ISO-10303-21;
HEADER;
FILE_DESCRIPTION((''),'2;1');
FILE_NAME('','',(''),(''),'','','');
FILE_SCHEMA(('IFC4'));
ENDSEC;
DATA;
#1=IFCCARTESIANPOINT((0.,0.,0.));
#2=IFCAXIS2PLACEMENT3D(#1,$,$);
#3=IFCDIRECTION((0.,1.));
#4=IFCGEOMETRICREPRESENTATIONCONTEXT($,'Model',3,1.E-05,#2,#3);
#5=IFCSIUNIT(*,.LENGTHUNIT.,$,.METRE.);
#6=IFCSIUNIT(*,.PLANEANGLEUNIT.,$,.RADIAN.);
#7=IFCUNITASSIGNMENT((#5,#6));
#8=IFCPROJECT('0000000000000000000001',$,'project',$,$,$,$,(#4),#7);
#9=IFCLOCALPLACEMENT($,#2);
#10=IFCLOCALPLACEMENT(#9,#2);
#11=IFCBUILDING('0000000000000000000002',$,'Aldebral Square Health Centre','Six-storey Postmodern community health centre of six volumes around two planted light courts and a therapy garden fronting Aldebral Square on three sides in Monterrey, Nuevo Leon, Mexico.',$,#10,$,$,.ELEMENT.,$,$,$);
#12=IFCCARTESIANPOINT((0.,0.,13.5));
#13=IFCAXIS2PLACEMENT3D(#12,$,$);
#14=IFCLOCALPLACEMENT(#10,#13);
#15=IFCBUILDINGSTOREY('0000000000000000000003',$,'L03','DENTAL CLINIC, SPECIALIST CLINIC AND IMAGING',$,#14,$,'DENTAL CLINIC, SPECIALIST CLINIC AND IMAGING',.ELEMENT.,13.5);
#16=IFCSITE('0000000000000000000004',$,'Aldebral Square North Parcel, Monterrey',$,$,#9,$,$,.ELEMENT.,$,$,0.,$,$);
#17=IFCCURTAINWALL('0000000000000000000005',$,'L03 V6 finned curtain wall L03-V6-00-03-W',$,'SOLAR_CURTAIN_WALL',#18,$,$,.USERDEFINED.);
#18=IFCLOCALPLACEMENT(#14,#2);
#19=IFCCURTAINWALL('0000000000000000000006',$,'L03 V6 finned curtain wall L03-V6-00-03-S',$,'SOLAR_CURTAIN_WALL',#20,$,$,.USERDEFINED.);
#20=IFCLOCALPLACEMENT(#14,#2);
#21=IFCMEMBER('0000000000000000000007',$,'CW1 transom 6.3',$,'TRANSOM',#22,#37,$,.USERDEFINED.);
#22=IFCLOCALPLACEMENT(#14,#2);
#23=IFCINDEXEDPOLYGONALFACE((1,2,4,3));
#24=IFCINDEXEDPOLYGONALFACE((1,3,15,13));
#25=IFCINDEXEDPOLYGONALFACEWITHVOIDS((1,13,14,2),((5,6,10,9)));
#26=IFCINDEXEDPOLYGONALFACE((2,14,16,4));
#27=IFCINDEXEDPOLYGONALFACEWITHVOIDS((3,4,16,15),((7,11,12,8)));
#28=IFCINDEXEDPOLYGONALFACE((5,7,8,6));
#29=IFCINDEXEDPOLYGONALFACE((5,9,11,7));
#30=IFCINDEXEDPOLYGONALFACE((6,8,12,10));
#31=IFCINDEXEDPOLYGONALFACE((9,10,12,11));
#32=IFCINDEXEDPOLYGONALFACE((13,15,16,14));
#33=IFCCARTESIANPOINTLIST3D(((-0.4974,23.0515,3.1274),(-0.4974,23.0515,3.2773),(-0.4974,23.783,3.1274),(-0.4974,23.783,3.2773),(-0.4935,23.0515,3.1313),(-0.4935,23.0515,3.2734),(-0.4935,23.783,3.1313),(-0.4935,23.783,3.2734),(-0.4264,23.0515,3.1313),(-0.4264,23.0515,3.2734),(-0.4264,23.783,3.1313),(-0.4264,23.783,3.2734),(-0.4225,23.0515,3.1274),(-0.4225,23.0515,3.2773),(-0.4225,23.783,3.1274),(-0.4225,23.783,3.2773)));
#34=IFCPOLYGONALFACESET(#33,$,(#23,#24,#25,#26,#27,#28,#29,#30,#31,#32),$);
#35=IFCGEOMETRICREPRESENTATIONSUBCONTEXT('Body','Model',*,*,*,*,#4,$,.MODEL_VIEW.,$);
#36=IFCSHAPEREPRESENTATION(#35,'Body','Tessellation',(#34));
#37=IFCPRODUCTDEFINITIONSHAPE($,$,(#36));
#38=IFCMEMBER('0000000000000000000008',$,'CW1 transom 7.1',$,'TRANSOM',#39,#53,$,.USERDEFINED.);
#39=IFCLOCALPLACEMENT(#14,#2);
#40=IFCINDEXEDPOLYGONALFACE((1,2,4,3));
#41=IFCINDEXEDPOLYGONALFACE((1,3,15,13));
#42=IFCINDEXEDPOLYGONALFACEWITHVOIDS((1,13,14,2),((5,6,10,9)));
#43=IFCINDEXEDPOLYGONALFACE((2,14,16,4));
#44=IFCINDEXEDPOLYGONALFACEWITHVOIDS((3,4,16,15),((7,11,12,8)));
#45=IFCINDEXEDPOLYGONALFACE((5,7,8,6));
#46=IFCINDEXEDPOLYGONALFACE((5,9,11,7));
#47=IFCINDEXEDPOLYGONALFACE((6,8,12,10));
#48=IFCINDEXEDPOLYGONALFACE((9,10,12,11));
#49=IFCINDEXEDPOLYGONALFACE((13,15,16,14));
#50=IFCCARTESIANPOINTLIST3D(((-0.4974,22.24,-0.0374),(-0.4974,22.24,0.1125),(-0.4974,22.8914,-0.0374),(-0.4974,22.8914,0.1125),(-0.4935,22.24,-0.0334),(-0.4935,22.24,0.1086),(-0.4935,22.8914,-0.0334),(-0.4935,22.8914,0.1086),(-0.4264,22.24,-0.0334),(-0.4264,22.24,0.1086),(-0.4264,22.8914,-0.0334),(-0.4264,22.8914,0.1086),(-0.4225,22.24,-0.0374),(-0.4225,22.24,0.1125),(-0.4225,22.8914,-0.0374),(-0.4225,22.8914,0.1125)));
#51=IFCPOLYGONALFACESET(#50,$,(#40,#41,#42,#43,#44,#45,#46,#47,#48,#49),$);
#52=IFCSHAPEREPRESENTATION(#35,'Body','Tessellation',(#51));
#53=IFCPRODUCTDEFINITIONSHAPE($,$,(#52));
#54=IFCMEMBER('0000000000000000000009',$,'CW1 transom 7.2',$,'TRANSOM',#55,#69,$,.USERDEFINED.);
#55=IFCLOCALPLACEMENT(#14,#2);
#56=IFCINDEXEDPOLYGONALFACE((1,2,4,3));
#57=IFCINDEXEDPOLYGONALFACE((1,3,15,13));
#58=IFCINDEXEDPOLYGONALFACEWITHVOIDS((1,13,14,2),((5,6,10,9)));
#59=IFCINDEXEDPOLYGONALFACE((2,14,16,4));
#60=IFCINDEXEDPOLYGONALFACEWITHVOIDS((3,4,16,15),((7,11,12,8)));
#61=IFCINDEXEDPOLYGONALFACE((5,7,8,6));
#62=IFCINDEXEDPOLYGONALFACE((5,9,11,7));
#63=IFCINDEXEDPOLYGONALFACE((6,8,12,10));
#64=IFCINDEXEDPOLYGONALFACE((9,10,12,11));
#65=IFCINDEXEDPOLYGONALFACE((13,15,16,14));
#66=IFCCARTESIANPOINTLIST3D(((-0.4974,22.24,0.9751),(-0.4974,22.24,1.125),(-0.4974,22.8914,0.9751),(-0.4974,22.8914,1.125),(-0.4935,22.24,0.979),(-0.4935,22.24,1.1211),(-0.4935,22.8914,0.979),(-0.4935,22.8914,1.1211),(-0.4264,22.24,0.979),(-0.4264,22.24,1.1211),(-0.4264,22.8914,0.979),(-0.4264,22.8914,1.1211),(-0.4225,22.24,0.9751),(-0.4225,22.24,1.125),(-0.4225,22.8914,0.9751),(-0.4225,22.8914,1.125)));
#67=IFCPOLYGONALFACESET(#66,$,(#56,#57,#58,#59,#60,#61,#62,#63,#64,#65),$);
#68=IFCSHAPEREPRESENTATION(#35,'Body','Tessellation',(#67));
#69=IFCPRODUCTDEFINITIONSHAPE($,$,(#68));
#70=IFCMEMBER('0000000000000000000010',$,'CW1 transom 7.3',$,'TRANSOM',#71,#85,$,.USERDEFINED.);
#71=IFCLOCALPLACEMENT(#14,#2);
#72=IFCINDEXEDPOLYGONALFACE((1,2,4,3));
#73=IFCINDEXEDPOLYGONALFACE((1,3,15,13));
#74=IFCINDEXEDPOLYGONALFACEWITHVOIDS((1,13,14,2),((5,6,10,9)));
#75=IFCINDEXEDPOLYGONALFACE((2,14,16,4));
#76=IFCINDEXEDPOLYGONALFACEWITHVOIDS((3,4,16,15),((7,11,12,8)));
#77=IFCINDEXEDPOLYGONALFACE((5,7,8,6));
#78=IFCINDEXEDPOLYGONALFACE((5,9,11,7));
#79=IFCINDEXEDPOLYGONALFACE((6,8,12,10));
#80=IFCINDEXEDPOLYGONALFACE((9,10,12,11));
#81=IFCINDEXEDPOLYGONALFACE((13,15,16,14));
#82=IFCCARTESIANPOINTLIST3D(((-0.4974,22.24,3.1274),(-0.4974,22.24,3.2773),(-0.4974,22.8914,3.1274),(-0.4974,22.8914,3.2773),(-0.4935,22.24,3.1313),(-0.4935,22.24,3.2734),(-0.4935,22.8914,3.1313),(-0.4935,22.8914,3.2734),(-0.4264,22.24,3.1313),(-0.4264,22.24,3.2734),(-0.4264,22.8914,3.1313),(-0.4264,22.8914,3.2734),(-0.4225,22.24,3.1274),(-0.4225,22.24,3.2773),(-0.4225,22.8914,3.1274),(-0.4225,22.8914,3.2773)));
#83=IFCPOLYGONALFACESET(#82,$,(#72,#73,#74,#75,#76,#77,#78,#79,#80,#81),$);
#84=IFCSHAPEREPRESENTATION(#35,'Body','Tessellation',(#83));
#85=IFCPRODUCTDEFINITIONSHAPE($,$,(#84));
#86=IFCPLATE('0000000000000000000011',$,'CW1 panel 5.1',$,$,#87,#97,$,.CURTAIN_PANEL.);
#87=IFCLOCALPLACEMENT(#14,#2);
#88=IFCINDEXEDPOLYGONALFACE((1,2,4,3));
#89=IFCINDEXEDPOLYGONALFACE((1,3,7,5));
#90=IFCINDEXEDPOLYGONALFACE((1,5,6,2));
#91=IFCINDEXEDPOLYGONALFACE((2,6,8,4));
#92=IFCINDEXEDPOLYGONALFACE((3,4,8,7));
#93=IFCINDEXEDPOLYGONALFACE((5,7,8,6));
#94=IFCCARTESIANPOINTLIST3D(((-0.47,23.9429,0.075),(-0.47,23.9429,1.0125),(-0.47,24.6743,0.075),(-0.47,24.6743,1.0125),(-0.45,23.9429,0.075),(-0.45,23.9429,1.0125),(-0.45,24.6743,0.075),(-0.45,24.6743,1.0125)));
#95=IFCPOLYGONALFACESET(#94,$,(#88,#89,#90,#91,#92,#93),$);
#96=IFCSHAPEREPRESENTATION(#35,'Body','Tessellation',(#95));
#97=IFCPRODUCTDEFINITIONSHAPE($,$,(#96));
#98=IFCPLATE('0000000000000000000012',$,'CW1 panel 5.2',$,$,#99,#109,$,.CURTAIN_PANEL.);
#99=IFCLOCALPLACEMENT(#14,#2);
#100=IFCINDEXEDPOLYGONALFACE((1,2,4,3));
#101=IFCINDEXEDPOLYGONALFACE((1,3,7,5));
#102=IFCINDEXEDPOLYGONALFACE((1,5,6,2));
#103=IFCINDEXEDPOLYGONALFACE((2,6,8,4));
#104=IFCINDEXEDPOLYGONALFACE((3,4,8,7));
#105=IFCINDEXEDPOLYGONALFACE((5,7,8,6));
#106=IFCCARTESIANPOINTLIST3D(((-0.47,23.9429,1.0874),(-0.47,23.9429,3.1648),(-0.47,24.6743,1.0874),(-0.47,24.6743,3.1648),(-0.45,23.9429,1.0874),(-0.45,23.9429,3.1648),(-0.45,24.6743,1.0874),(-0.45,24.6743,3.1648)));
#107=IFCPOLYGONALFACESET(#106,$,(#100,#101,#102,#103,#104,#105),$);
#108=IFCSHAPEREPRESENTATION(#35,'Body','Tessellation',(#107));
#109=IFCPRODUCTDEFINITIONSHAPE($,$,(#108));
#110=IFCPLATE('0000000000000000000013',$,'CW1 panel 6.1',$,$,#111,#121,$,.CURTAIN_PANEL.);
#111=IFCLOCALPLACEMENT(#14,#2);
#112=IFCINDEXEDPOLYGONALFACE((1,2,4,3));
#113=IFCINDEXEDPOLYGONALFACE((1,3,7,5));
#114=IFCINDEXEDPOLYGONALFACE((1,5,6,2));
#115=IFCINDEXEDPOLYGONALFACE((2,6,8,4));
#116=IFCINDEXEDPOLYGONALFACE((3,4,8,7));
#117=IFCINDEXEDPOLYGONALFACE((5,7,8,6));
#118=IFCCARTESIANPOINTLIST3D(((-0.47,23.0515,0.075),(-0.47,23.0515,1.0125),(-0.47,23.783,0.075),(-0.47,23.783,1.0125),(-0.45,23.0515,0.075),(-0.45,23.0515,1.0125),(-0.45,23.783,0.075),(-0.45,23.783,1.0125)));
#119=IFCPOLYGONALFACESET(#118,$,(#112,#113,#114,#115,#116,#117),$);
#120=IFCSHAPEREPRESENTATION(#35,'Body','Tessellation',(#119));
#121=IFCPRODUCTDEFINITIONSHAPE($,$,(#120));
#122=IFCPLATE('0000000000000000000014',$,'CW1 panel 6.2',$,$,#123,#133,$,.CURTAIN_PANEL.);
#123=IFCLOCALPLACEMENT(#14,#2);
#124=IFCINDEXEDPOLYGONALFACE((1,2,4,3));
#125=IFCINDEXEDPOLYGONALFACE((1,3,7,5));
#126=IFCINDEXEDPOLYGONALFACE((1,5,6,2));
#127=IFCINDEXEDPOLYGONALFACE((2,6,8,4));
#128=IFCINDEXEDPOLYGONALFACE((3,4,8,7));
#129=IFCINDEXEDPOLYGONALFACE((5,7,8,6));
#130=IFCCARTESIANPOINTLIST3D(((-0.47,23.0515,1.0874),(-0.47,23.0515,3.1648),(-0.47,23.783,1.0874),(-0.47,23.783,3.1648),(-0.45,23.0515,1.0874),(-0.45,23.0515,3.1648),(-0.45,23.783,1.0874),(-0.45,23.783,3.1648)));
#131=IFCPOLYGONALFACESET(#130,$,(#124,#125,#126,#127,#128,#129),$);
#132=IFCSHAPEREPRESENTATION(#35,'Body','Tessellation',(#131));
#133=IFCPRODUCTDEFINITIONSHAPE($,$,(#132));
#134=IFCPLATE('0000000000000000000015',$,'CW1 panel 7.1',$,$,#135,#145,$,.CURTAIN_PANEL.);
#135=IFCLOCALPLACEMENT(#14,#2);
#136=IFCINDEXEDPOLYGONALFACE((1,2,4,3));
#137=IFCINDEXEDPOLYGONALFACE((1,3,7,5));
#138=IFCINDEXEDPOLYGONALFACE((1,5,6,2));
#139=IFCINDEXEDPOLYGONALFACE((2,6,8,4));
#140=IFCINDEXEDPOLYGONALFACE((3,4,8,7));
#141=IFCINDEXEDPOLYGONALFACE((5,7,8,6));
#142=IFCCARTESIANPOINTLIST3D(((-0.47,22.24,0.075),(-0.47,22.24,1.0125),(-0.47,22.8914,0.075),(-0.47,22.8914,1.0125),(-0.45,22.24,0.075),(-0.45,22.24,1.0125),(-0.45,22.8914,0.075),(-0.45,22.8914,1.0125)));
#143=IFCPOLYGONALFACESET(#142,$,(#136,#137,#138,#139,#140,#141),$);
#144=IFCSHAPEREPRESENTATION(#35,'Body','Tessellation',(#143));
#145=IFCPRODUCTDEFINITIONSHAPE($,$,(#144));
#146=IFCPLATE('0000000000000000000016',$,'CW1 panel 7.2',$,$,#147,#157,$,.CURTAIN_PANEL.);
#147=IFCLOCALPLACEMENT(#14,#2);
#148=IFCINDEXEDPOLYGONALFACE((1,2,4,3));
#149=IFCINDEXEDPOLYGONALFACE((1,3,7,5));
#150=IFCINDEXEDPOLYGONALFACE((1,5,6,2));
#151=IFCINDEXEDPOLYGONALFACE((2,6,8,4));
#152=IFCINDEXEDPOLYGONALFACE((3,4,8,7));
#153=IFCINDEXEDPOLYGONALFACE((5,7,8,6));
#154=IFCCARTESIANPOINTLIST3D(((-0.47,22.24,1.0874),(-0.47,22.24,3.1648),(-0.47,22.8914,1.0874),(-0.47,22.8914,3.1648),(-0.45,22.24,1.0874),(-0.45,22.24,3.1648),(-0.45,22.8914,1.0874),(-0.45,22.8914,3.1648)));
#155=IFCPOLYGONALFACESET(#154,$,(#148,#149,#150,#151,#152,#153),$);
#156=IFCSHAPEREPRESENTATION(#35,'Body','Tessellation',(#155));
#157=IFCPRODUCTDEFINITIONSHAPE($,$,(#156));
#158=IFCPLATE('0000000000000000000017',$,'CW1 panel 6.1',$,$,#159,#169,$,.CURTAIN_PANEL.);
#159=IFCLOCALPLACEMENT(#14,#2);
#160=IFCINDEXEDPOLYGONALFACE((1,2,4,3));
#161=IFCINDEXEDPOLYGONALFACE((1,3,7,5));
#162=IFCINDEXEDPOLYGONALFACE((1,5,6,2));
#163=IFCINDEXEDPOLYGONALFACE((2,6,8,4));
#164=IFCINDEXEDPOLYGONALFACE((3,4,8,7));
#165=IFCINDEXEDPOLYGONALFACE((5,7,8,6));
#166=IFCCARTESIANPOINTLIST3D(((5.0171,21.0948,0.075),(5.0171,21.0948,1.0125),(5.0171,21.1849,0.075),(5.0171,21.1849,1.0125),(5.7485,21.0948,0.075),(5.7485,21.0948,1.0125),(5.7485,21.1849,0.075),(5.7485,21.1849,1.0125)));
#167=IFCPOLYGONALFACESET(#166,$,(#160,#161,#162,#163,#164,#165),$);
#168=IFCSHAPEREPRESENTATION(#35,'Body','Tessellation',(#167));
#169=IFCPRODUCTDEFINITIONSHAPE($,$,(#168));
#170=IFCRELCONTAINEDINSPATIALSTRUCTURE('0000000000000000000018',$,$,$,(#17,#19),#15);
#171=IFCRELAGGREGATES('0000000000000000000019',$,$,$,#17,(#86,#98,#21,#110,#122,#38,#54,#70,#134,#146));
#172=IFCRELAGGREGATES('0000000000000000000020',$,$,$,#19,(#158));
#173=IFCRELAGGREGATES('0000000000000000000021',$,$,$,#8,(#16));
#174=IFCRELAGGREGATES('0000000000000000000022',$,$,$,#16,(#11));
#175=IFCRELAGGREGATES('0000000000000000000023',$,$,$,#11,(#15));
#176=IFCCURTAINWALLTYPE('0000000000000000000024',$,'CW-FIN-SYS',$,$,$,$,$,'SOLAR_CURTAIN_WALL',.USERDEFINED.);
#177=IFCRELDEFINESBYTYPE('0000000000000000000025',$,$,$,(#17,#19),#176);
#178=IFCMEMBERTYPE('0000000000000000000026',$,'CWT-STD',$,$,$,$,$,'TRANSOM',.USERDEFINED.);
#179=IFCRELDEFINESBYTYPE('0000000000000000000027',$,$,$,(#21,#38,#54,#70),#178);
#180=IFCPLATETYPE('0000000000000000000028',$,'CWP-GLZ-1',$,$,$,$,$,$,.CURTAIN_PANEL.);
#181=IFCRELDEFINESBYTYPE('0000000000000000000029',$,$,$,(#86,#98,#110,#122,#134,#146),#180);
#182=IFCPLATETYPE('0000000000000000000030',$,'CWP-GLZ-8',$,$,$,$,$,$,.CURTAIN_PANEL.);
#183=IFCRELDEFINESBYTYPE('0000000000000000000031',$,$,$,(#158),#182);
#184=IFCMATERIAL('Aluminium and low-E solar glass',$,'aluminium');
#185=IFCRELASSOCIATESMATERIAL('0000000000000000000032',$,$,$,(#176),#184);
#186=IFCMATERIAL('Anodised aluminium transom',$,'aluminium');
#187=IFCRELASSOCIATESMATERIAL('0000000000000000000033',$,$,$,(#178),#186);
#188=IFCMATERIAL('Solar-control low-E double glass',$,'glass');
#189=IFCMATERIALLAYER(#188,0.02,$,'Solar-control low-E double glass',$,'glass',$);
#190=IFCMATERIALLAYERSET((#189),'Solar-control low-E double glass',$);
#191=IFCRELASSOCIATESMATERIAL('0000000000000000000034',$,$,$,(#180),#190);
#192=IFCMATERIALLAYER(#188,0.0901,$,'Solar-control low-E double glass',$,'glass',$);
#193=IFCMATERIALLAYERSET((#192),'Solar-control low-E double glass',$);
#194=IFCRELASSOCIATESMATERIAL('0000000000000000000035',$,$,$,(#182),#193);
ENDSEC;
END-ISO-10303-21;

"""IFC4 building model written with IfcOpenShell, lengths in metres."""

from ifc_helpers import new_model, si_unit, direction, frame, origin, origin_2d, place, context, subcontext, project, spatial, rectangle, hollow_rectangle, extrude, material, layer, layer_set, material_profile, profile_set, type_object, element, aggregate, save


model = new_model("IFC4")

# Units and contexts
model_context = context("Model", 3, precision=1e-05, world=origin(), true_north=direction((0.0, 1.0)))
body_context = subcontext(model_context, "Body", "Model", "MODEL_VIEW")
ifc_project = project(units=[si_unit("LENGTHUNIT", "METRE"), si_unit("PLANEANGLEUNIT", "RADIAN")], contexts=[model_context])

# Site, building, storey
site_placement = place(None, origin())
site = spatial("IfcSite", under=ifc_project, at=site_placement, Name="Aldebral Square North Parcel, Monterrey", CompositionType="ELEMENT", RefElevation=0.0)
building_placement = place(site_placement, origin())
building = spatial("IfcBuilding", under=site, at=building_placement, Name="Aldebral Square Health Centre", Description="Six-storey Postmodern community health centre of six volumes around two planted light courts and a therapy garden fronting Aldebral Square on three sides in Monterrey, Nuevo Leon, Mexico.", CompositionType="ELEMENT")
storey_placement = place(building_placement, frame((0.0, 0.0, 13.5)))
storey = spatial("IfcBuildingStorey", under=building, at=storey_placement, Name="L03", Description="DENTAL CLINIC, SPECIALIST CLINIC AND IMAGING", LongName="DENTAL CLINIC, SPECIALIST CLINIC AND IMAGING", CompositionType="ELEMENT", Elevation=13.5)

# Curtain walls
ifc_material_1 = material(Name="Aluminium and low-E solar glass", Category="aluminium")
curtain_wall_type = type_object("IfcCurtainWallType", Name="CW-FIN-SYS", ElementType="SOLAR_CURTAIN_WALL", PredefinedType="USERDEFINED", material=ifc_material_1)
curtain_wall_1_placement = place(storey_placement, origin())
curtain_wall_1 = element("IfcCurtainWall", 1, at=curtain_wall_1_placement, inside=storey, type_object=curtain_wall_type, Name="L03 V6 finned curtain wall L03-V6-00-03-W", ObjectType="SOLAR_CURTAIN_WALL", PredefinedType="USERDEFINED")
curtain_wall_2_placement = place(storey_placement, origin())
curtain_wall_2 = element("IfcCurtainWall", 2, at=curtain_wall_2_placement, inside=storey, type_object=curtain_wall_type, Name="L03 V6 finned curtain wall L03-V6-00-03-S", ObjectType="SOLAR_CURTAIN_WALL", PredefinedType="USERDEFINED")
ifc_material_2 = material(Name="Anodised aluminium transom", Category="aluminium")
ifc_material_profile_1 = material_profile(ifc_material_2, hollow_rectangle(XDim=0.075, YDim=0.1499, WallThickness=0.0039, at=origin_2d()), Name="CWT 75x150x4")
ifc_profile_set_1 = profile_set([ifc_material_profile_1], Name="Anodised aluminium transom")
member_type_1 = type_object("IfcMemberType", Name="CWT-STD", ElementType="TRANSOM", PredefinedType="USERDEFINED", material=ifc_profile_set_1)

# Members
member_1_placement = place(storey_placement, frame((-0.46, 23.783, 3.2024), z_axis=(0.0, -1.0, 0.0), x_axis=(1.0, 0.0, 0.0)))
member_1 = element("IfcMember", 3, at=member_1_placement, type_object=member_type_1, Name="CW1 transom 6.3", ObjectType="TRANSOM", PredefinedType="USERDEFINED", context=body_context, shape_type="SweptSolid", body=[
    extrude(hollow_rectangle(XDim=0.075, YDim=0.1499, WallThickness=0.0039, at=origin_2d()), origin(), (0.0, 0.0, 1.0), 0.7314),
])
member_2_placement = place(storey_placement, frame((-0.46, 22.8914, 0.0376), z_axis=(0.0, -1.0, 0.0), x_axis=(1.0, 0.0, 0.0)))
member_2 = element("IfcMember", 4, at=member_2_placement, type_object=member_type_1, Name="CW1 transom 7.1", ObjectType="TRANSOM", PredefinedType="USERDEFINED", context=body_context, shape_type="SweptSolid", body=[
    extrude(hollow_rectangle(XDim=0.075, YDim=0.1499, WallThickness=0.0039, at=origin_2d()), origin(), (0.0, 0.0, 1.0), 0.6514),
])
member_3_placement = place(storey_placement, frame((-0.46, 22.8914, 1.05), z_axis=(0.0, -1.0, 0.0), x_axis=(1.0, 0.0, 0.0)))
member_3 = element("IfcMember", 5, at=member_3_placement, type_object=member_type_1, Name="CW1 transom 7.2", ObjectType="TRANSOM", PredefinedType="USERDEFINED", context=body_context, shape_type="SweptSolid", body=[
    extrude(hollow_rectangle(XDim=0.075, YDim=0.1499, WallThickness=0.0039, at=origin_2d()), origin(), (0.0, 0.0, 1.0), 0.6514),
])
member_4_placement = place(storey_placement, frame((-0.46, 22.8914, 3.2024), z_axis=(0.0, -1.0, 0.0), x_axis=(1.0, 0.0, 0.0)))
member_4 = element("IfcMember", 6, at=member_4_placement, type_object=member_type_1, Name="CW1 transom 7.3", ObjectType="TRANSOM", PredefinedType="USERDEFINED", context=body_context, shape_type="SweptSolid", body=[
    extrude(hollow_rectangle(XDim=0.075, YDim=0.1499, WallThickness=0.0039, at=origin_2d()), origin(), (0.0, 0.0, 1.0), 0.6514),
])

# Plates
ifc_material_3 = material(Name="Solar-control low-E double glass", Category="glass")
ifc_layer_1 = layer(ifc_material_3, 0.02, Name="Solar-control low-E double glass", Category="glass")
ifc_layer_set_1 = layer_set([ifc_layer_1], Name="Solar-control low-E double glass")
plate_type_1 = type_object("IfcPlateType", Name="CWP-GLZ-1", PredefinedType="CURTAIN_PANEL", material=ifc_layer_set_1)
plate_1_placement = place(storey_placement, frame((-0.46, 24.3086, 0.075), z_axis=(0.0, 0.0, 1.0), x_axis=(0.0, -1.0, 0.0)))
plate_1 = element("IfcPlate", 7, at=plate_1_placement, type_object=plate_type_1, Name="CW1 panel 5.1", PredefinedType="CURTAIN_PANEL", context=body_context, shape_type="SweptSolid", body=[
    extrude(rectangle(XDim=0.7314, YDim=0.02, at=origin_2d()), origin(), (0.0, 0.0, 1.0), 0.9375),
])
plate_2_placement = place(storey_placement, frame((-0.46, 24.3086, 1.0874), z_axis=(0.0, 0.0, 1.0), x_axis=(0.0, -1.0, 0.0)))
plate_2 = element("IfcPlate", 8, at=plate_2_placement, type_object=plate_type_1, Name="CW1 panel 5.2", PredefinedType="CURTAIN_PANEL", context=body_context, shape_type="SweptSolid", body=[
    extrude(rectangle(XDim=0.7314, YDim=0.02, at=origin_2d()), origin(), (0.0, 0.0, 1.0), 2.0774),
])
plate_3_placement = place(storey_placement, frame((-0.46, 23.4172, 0.075), z_axis=(0.0, 0.0, 1.0), x_axis=(0.0, -1.0, 0.0)))
plate_3 = element("IfcPlate", 9, at=plate_3_placement, type_object=plate_type_1, Name="CW1 panel 6.1", PredefinedType="CURTAIN_PANEL", context=body_context, shape_type="SweptSolid", body=[
    extrude(rectangle(XDim=0.7314, YDim=0.02, at=origin_2d()), origin(), (0.0, 0.0, 1.0), 0.9375),
])
plate_4_placement = place(storey_placement, frame((-0.46, 23.4172, 1.0874), z_axis=(0.0, 0.0, 1.0), x_axis=(0.0, -1.0, 0.0)))
plate_4 = element("IfcPlate", 10, at=plate_4_placement, type_object=plate_type_1, Name="CW1 panel 6.2", PredefinedType="CURTAIN_PANEL", context=body_context, shape_type="SweptSolid", body=[
    extrude(rectangle(XDim=0.7314, YDim=0.02, at=origin_2d()), origin(), (0.0, 0.0, 1.0), 2.0774),
])
plate_5_placement = place(storey_placement, frame((-0.46, 22.5657, 0.075), z_axis=(0.0, 0.0, 1.0), x_axis=(0.0, -1.0, 0.0)))
plate_5 = element("IfcPlate", 11, at=plate_5_placement, type_object=plate_type_1, Name="CW1 panel 7.1", PredefinedType="CURTAIN_PANEL", context=body_context, shape_type="SweptSolid", body=[
    extrude(rectangle(XDim=0.6514, YDim=0.02, at=origin_2d()), origin(), (0.0, 0.0, 1.0), 0.9375),
])
plate_6_placement = place(storey_placement, frame((-0.46, 22.5657, 1.0874), z_axis=(0.0, 0.0, 1.0), x_axis=(0.0, -1.0, 0.0)))
plate_6 = element("IfcPlate", 12, at=plate_6_placement, type_object=plate_type_1, Name="CW1 panel 7.2", PredefinedType="CURTAIN_PANEL", context=body_context, shape_type="SweptSolid", body=[
    extrude(rectangle(XDim=0.6514, YDim=0.02, at=origin_2d()), origin(), (0.0, 0.0, 1.0), 2.0774),
])
aggregate(curtain_wall_1, [plate_1, plate_2, member_1, plate_3, plate_4, member_2, member_3, member_4, plate_5, plate_6])
ifc_layer_2 = layer(ifc_material_3, 0.0901, Name="Solar-control low-E double glass", Category="glass")
ifc_layer_set_2 = layer_set([ifc_layer_2], Name="Solar-control low-E double glass")
plate_type_2 = type_object("IfcPlateType", Name="CWP-GLZ-8", PredefinedType="CURTAIN_PANEL", material=ifc_layer_set_2)
plate_7_placement = place(storey_placement, frame((5.3828, 21.1399, 0.075), z_axis=(0.0, 0.0, 1.0), x_axis=(1.0, 0.0, 0.0)))
plate_7 = element("IfcPlate", 13, at=plate_7_placement, type_object=plate_type_2, Name="CW1 panel 6.1", PredefinedType="CURTAIN_PANEL", context=body_context, shape_type="SweptSolid", body=[
    extrude(rectangle(XDim=0.7314, YDim=0.0901, at=origin_2d()), origin(), (0.0, 0.0, 1.0), 0.9375),
])
aggregate(curtain_wall_2, [plate_7])

save(model, "model.ifc")
